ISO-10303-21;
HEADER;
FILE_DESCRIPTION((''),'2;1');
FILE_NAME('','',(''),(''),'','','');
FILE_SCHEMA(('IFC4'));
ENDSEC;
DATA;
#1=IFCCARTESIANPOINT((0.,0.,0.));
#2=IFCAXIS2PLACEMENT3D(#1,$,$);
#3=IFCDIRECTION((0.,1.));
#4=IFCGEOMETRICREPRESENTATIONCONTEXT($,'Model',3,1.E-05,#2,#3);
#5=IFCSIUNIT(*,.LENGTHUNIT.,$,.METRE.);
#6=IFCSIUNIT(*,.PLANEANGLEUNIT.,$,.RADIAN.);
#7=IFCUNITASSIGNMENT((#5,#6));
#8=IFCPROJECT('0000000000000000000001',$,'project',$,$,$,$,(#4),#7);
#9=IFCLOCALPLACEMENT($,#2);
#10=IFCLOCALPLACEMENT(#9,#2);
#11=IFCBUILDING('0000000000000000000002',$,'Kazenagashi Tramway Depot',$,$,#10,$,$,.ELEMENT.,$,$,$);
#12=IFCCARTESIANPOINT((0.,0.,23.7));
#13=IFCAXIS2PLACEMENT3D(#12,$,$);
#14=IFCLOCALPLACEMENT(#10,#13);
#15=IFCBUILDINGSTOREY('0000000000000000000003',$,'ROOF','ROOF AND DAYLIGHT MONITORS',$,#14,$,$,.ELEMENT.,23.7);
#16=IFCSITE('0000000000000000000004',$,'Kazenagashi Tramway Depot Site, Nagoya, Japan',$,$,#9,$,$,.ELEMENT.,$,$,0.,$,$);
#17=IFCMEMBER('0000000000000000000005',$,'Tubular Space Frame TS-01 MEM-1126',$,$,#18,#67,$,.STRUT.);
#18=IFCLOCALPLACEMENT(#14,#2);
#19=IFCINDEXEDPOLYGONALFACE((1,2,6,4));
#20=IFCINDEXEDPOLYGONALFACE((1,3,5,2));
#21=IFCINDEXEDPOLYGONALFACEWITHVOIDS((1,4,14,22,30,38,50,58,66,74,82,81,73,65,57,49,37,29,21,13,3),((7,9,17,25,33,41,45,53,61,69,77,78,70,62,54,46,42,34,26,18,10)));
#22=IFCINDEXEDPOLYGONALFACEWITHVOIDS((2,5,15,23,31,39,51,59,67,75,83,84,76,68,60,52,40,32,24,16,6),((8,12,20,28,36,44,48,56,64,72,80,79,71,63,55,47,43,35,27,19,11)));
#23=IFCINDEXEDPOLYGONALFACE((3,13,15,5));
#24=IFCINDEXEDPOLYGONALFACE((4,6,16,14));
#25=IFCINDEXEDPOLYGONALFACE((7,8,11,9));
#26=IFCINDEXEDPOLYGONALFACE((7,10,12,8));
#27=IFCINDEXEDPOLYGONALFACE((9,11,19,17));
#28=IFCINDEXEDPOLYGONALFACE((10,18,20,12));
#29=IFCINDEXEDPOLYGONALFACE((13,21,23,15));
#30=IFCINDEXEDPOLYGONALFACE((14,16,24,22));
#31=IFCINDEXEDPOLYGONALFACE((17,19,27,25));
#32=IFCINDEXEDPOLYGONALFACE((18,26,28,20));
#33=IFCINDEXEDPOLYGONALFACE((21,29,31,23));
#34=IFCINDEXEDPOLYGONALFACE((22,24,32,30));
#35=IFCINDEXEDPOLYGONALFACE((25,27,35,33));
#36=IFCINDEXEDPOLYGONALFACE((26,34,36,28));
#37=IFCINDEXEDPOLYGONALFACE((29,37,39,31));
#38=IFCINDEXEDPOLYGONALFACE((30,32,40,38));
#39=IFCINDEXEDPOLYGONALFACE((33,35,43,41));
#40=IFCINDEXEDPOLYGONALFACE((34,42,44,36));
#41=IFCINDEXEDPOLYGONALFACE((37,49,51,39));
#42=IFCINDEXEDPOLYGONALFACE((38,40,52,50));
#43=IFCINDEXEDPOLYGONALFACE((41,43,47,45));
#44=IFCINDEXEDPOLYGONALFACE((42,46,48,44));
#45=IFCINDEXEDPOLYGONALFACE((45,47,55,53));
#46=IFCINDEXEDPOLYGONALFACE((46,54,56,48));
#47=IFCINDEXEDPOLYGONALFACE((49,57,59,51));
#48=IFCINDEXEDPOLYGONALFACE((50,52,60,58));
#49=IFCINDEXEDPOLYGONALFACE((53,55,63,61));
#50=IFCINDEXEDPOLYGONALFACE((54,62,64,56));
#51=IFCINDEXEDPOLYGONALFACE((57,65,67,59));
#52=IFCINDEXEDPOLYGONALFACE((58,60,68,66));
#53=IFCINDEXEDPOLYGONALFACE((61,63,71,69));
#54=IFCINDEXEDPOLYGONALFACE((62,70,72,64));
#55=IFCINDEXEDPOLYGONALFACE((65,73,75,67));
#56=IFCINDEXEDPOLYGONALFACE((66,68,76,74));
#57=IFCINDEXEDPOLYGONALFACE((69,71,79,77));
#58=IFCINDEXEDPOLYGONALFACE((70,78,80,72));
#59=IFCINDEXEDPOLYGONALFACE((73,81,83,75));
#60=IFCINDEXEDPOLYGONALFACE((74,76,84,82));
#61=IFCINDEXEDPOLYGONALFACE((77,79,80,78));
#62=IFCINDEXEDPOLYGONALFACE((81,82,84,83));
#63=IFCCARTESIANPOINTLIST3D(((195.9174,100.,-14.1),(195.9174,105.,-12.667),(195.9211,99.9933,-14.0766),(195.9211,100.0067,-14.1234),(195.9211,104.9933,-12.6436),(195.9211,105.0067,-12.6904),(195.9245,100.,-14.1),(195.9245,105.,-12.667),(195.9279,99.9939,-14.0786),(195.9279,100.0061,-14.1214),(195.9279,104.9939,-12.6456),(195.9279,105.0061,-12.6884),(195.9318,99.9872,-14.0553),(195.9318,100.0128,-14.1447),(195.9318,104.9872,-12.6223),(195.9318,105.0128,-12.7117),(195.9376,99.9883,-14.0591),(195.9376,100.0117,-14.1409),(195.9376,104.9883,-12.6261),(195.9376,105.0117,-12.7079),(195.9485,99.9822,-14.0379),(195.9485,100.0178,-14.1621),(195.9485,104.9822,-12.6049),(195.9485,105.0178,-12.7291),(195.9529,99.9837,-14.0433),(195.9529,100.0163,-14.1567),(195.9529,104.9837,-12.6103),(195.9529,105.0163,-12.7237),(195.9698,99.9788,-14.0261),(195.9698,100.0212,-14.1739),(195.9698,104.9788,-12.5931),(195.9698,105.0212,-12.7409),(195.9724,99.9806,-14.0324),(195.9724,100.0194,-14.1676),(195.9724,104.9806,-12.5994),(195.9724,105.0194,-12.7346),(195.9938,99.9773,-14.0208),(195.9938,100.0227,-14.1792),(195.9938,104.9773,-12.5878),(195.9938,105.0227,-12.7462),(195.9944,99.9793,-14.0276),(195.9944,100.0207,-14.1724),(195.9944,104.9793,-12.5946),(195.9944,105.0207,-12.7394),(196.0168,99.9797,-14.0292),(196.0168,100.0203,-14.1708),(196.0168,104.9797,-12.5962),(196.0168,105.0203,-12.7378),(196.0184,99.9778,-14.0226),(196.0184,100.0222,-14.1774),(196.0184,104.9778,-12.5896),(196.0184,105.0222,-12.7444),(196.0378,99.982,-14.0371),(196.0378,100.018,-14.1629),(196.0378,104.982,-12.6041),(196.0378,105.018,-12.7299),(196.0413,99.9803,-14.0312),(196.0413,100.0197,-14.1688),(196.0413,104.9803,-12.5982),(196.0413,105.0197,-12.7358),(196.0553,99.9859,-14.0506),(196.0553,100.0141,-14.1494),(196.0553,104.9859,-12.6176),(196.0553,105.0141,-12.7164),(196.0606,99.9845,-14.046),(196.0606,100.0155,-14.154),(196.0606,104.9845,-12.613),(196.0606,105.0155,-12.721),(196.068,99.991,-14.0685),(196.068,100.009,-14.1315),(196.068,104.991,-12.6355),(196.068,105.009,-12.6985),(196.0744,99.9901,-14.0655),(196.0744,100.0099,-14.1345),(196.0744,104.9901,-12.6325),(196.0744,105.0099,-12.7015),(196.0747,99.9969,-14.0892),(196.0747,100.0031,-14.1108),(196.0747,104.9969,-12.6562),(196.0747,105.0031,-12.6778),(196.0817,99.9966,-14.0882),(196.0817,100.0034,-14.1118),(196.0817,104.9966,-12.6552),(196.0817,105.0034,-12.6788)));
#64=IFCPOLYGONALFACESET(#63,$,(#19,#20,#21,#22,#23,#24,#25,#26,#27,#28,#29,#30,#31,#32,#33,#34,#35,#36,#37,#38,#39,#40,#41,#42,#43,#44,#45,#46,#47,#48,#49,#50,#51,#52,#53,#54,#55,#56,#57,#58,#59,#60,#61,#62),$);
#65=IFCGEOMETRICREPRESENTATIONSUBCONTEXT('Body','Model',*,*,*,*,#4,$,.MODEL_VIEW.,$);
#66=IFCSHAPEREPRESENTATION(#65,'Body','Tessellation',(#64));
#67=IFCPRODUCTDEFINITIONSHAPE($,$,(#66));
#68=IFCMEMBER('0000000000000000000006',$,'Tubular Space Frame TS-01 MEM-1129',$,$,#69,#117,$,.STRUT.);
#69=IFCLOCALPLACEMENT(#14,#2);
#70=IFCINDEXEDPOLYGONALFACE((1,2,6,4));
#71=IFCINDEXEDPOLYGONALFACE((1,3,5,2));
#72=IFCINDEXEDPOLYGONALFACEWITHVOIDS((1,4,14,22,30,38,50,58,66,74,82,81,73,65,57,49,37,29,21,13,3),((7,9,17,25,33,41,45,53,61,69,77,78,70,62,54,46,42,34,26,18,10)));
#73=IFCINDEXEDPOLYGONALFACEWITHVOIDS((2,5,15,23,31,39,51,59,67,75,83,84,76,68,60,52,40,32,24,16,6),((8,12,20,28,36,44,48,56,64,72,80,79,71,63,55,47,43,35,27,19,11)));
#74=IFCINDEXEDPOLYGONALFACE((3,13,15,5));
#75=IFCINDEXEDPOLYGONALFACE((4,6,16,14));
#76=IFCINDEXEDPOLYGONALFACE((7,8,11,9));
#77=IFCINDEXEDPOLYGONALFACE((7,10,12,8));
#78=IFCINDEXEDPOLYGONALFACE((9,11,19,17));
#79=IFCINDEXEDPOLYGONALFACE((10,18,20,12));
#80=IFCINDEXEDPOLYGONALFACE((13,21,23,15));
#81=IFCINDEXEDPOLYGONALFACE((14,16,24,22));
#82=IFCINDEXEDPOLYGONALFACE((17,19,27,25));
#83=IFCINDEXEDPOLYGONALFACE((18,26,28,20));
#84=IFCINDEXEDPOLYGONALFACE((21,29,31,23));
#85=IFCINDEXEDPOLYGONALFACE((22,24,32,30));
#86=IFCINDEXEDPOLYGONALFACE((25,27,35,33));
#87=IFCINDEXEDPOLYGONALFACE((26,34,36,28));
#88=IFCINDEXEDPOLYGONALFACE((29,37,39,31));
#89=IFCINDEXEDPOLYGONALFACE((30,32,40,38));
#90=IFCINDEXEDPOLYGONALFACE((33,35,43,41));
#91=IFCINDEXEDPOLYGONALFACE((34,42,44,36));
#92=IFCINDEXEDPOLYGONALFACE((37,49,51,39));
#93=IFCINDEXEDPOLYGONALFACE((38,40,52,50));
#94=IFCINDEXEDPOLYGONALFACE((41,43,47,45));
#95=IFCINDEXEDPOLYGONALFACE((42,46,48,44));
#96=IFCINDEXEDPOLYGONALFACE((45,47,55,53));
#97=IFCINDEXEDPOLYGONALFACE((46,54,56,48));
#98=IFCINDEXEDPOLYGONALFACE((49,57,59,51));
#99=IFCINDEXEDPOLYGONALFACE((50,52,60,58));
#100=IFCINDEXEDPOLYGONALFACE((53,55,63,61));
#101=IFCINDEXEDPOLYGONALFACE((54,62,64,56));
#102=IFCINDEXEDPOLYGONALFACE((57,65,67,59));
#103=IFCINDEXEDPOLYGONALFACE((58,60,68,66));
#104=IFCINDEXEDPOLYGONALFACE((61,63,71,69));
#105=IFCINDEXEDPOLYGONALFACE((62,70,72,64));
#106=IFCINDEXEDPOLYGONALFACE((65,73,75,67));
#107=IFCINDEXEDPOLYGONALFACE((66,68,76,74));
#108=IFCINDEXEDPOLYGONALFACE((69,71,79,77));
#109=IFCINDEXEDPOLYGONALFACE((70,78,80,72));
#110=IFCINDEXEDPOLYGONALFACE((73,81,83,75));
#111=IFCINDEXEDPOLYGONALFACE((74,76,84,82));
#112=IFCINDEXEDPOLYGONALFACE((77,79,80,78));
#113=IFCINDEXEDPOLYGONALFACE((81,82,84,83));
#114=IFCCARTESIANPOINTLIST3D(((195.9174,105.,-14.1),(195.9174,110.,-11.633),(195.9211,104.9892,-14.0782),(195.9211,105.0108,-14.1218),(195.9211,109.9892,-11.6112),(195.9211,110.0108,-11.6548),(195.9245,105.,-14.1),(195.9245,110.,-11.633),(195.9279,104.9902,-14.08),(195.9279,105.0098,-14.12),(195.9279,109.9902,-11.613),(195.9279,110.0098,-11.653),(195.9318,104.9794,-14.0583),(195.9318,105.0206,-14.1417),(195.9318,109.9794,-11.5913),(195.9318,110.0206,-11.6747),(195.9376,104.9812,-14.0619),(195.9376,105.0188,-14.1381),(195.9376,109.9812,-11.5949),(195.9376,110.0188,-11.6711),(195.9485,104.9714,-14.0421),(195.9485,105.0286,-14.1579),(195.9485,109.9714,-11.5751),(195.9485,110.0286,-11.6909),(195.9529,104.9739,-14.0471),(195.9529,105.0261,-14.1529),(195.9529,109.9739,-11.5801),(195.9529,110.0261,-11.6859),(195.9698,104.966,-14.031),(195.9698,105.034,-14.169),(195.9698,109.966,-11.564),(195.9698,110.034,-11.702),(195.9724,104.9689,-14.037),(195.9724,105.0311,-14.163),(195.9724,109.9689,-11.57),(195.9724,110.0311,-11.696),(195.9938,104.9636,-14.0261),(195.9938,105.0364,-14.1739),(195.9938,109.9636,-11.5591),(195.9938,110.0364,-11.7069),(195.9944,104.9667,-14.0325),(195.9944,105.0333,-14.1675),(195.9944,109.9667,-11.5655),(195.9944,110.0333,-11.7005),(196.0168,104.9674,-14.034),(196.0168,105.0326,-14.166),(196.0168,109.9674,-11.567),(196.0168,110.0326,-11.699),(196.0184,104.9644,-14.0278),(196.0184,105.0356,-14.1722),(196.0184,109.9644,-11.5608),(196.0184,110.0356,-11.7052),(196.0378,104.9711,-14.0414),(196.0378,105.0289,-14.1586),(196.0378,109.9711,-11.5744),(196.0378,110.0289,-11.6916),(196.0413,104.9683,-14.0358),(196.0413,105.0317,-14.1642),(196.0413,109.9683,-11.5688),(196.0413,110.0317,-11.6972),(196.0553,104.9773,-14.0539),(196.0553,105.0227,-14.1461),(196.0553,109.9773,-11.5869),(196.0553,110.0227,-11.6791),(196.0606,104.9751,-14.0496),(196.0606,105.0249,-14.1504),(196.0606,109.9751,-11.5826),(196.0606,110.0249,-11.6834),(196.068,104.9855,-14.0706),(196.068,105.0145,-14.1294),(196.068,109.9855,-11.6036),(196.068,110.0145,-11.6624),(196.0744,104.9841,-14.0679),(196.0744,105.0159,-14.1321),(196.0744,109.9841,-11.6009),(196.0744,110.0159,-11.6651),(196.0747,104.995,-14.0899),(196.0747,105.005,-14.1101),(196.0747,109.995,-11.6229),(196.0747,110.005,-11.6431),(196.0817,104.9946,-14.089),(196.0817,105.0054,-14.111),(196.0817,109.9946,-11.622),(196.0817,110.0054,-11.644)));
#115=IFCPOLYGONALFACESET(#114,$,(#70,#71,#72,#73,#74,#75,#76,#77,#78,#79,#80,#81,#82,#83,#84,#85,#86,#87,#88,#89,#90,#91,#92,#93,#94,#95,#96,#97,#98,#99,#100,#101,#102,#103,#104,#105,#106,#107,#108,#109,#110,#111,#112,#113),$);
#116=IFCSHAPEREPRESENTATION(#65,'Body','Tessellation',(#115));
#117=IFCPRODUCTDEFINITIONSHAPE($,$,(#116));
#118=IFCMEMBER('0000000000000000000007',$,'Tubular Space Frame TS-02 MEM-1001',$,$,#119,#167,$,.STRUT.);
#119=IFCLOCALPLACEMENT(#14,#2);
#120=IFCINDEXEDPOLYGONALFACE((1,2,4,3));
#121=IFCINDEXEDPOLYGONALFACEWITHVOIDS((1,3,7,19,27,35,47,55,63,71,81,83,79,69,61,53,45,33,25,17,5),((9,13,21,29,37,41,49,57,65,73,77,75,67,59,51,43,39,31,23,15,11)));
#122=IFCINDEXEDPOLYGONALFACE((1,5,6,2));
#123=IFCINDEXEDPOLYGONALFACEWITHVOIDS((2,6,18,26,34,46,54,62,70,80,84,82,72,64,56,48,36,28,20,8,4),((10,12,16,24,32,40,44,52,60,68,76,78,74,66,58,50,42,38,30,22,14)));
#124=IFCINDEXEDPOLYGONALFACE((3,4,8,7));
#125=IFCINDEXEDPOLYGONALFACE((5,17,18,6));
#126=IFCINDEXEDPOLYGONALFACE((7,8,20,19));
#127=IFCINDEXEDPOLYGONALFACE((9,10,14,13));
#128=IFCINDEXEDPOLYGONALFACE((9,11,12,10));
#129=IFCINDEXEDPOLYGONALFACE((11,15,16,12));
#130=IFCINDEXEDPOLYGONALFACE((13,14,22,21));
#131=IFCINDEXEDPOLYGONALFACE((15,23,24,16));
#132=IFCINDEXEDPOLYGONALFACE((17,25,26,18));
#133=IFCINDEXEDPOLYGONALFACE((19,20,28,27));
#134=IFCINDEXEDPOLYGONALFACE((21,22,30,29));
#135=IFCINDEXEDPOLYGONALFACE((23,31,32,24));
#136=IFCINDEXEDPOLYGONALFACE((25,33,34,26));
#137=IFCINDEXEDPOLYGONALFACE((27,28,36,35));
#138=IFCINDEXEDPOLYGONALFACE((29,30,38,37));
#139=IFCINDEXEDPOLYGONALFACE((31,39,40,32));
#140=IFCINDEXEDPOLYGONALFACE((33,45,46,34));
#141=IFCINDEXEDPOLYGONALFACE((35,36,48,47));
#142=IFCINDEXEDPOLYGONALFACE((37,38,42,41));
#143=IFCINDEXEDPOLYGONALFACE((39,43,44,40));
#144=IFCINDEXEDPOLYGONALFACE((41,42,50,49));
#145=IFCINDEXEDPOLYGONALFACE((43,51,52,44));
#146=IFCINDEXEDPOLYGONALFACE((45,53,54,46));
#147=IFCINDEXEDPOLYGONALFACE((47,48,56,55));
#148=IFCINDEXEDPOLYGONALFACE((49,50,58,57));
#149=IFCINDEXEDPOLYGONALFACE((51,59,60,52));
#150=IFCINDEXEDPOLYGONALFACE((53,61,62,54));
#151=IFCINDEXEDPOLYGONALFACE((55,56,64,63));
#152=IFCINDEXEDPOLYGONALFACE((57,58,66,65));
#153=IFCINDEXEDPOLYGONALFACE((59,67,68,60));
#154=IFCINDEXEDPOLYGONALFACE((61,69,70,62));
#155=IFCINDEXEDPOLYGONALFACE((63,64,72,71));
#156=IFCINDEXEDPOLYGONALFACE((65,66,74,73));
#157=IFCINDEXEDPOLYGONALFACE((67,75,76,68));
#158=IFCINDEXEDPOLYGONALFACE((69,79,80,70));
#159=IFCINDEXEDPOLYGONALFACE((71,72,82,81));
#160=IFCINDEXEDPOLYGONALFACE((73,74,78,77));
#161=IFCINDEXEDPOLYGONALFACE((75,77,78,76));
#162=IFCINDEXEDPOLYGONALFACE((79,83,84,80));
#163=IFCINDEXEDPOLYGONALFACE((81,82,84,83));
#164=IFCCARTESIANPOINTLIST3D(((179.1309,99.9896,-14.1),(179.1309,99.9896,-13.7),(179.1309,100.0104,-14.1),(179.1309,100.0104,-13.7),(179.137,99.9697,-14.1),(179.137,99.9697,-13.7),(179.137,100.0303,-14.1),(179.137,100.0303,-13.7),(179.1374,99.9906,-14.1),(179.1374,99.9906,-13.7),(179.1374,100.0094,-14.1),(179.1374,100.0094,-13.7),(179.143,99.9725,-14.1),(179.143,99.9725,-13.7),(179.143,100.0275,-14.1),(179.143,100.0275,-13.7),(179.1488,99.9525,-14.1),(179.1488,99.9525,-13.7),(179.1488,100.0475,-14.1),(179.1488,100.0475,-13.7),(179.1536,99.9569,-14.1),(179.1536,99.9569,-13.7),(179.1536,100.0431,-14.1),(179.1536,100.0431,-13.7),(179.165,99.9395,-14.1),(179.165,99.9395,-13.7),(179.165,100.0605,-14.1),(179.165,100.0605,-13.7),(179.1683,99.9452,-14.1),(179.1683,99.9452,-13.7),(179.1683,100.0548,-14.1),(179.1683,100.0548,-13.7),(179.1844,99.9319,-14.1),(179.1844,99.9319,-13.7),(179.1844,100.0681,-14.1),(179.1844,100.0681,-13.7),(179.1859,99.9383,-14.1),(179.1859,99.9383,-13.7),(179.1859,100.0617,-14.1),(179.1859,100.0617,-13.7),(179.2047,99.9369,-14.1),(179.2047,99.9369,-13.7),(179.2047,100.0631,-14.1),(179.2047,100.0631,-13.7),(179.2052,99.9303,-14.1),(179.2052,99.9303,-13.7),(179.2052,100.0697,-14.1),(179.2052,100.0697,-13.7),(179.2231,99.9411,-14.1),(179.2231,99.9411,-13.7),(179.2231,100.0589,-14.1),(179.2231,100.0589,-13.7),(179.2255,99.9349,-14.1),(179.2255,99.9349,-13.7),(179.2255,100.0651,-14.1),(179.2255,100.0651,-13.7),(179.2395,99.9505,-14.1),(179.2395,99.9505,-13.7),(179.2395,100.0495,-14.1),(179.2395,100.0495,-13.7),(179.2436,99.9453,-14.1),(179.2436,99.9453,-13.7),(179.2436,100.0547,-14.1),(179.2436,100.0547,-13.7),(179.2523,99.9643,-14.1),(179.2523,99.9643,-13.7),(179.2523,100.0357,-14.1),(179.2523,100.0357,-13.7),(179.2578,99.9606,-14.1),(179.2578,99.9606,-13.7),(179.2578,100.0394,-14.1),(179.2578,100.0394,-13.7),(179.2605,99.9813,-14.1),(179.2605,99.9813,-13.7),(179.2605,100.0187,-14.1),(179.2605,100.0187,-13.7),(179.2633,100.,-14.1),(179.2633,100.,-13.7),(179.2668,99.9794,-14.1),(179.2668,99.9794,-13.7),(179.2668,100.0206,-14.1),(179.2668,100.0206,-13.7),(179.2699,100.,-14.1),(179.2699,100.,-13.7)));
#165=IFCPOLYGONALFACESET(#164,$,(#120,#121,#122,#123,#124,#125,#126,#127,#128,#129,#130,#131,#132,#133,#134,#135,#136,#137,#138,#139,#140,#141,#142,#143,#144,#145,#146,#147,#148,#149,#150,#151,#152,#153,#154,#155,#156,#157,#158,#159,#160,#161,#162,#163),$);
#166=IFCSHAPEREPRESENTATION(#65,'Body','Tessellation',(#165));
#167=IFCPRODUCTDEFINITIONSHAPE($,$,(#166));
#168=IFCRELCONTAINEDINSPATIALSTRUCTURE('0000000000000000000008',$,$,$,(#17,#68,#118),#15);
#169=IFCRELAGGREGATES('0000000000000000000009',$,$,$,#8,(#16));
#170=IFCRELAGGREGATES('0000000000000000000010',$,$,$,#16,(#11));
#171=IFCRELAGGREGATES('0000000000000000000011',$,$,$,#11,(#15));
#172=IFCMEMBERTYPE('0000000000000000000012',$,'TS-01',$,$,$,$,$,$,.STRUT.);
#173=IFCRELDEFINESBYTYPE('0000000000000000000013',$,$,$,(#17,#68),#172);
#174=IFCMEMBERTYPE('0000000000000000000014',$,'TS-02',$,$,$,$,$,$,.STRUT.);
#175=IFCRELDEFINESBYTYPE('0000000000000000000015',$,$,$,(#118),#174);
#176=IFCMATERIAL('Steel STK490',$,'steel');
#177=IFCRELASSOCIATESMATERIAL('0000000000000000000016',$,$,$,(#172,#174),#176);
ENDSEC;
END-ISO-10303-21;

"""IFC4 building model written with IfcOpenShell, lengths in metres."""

from ifc_helpers import new_model, si_unit, direction, frame, origin, origin_2d, place, context, subcontext, project, spatial, hollow_circle, extrude, material, material_profile, profile_set, type_object, element, save


model = new_model("IFC4")

# Units and contexts
model_context = context("Model", 3, precision=1e-05, world=origin(), true_north=direction((0.0, 1.0)))
body_context = subcontext(model_context, "Body", "Model", "MODEL_VIEW")
ifc_project = project(units=[si_unit("LENGTHUNIT", "METRE"), si_unit("PLANEANGLEUNIT", "RADIAN")], contexts=[model_context])

# Site, building, storey
site_placement = place(None, origin())
site = spatial("IfcSite", under=ifc_project, at=site_placement, Name="Kazenagashi Tramway Depot Site, Nagoya, Japan", CompositionType="ELEMENT", RefElevation=0.0)
building_placement = place(site_placement, origin())
building = spatial("IfcBuilding", under=site, at=building_placement, Name="Kazenagashi Tramway Depot", CompositionType="ELEMENT")
storey_placement = place(building_placement, frame((0.0, 0.0, 23.7)))
storey = spatial("IfcBuildingStorey", under=building, at=storey_placement, Name="ROOF", Description="ROOF AND DAYLIGHT MONITORS", CompositionType="ELEMENT", Elevation=23.7)

# Members
ifc_material_1 = material(Name="Steel STK490", Category="steel")
ifc_material_profile_1 = material_profile(ifc_material_1, hollow_circle(Radius=0.0826, WallThickness=0.0071, at=origin_2d()), Name="CHS-165.2x7.1")
ifc_profile_set_1 = profile_set([ifc_material_profile_1], Name="Steel STK490")
member_type_1 = type_object("IfcMemberType", Name="TS-01", PredefinedType="STRUT", material=ifc_profile_set_1)
for number, where, z_axis, x_axis, name in (
    (1, (196.0, 100.0, -14.1), (0.0, 0.961299, 0.275508), (-1.0, 0.0, 0.0), "Tubular Space Frame TS-01 MEM-1126"),
):
    element("IfcMember", number, at=place(storey_placement, frame(where, z_axis=z_axis, x_axis=x_axis)), inside=storey, type_object=member_type_1, Name=name, PredefinedType="STRUT", context=body_context, shape_type="SweptSolid", body=[
        extrude(hollow_circle(Radius=0.0826, WallThickness=0.0071, at=origin_2d()), origin(), (0.0, 0.0, 1.0), 5.2013),
    ])
member_1_placement = place(storey_placement, frame((196.0, 105.0, -14.1), z_axis=(0.0, 0.896782, 0.442472), x_axis=(-1.0, 0.0, 0.0)))
element("IfcMember", 2, at=member_1_placement, inside=storey, type_object=member_type_1, Name="Tubular Space Frame TS-01 MEM-1129", PredefinedType="STRUT", context=body_context, shape_type="SweptSolid", body=[
    extrude(hollow_circle(Radius=0.0826, WallThickness=0.0071, at=origin_2d()), origin(), (0.0, 0.0, 1.0), 5.5755),
])
ifc_material_profile_2 = material_profile(ifc_material_1, hollow_circle(Radius=0.0699, WallThickness=0.0066, at=origin_2d()), Name="CHS-139.8x6.6")
ifc_profile_set_2 = profile_set([ifc_material_profile_2], Name="Steel STK490")
member_type_2 = type_object("IfcMemberType", Name="TS-02", PredefinedType="STRUT", material=ifc_profile_set_2)
member_2_placement = place(storey_placement, frame((179.2, 100.0, -14.1), z_axis=(0.0, 0.0, 1.0), x_axis=(1.0, 0.0, 0.0)))
element("IfcMember", 3, at=member_2_placement, inside=storey, type_object=member_type_2, Name="Tubular Space Frame TS-02 MEM-1001", PredefinedType="STRUT", context=body_context, shape_type="SweptSolid", body=[
    extrude(hollow_circle(Radius=0.0699, WallThickness=0.0066, at=origin_2d()), origin(), (0.0, 0.0, 1.0), 0.4),
])

save(model, "model.ifc")
